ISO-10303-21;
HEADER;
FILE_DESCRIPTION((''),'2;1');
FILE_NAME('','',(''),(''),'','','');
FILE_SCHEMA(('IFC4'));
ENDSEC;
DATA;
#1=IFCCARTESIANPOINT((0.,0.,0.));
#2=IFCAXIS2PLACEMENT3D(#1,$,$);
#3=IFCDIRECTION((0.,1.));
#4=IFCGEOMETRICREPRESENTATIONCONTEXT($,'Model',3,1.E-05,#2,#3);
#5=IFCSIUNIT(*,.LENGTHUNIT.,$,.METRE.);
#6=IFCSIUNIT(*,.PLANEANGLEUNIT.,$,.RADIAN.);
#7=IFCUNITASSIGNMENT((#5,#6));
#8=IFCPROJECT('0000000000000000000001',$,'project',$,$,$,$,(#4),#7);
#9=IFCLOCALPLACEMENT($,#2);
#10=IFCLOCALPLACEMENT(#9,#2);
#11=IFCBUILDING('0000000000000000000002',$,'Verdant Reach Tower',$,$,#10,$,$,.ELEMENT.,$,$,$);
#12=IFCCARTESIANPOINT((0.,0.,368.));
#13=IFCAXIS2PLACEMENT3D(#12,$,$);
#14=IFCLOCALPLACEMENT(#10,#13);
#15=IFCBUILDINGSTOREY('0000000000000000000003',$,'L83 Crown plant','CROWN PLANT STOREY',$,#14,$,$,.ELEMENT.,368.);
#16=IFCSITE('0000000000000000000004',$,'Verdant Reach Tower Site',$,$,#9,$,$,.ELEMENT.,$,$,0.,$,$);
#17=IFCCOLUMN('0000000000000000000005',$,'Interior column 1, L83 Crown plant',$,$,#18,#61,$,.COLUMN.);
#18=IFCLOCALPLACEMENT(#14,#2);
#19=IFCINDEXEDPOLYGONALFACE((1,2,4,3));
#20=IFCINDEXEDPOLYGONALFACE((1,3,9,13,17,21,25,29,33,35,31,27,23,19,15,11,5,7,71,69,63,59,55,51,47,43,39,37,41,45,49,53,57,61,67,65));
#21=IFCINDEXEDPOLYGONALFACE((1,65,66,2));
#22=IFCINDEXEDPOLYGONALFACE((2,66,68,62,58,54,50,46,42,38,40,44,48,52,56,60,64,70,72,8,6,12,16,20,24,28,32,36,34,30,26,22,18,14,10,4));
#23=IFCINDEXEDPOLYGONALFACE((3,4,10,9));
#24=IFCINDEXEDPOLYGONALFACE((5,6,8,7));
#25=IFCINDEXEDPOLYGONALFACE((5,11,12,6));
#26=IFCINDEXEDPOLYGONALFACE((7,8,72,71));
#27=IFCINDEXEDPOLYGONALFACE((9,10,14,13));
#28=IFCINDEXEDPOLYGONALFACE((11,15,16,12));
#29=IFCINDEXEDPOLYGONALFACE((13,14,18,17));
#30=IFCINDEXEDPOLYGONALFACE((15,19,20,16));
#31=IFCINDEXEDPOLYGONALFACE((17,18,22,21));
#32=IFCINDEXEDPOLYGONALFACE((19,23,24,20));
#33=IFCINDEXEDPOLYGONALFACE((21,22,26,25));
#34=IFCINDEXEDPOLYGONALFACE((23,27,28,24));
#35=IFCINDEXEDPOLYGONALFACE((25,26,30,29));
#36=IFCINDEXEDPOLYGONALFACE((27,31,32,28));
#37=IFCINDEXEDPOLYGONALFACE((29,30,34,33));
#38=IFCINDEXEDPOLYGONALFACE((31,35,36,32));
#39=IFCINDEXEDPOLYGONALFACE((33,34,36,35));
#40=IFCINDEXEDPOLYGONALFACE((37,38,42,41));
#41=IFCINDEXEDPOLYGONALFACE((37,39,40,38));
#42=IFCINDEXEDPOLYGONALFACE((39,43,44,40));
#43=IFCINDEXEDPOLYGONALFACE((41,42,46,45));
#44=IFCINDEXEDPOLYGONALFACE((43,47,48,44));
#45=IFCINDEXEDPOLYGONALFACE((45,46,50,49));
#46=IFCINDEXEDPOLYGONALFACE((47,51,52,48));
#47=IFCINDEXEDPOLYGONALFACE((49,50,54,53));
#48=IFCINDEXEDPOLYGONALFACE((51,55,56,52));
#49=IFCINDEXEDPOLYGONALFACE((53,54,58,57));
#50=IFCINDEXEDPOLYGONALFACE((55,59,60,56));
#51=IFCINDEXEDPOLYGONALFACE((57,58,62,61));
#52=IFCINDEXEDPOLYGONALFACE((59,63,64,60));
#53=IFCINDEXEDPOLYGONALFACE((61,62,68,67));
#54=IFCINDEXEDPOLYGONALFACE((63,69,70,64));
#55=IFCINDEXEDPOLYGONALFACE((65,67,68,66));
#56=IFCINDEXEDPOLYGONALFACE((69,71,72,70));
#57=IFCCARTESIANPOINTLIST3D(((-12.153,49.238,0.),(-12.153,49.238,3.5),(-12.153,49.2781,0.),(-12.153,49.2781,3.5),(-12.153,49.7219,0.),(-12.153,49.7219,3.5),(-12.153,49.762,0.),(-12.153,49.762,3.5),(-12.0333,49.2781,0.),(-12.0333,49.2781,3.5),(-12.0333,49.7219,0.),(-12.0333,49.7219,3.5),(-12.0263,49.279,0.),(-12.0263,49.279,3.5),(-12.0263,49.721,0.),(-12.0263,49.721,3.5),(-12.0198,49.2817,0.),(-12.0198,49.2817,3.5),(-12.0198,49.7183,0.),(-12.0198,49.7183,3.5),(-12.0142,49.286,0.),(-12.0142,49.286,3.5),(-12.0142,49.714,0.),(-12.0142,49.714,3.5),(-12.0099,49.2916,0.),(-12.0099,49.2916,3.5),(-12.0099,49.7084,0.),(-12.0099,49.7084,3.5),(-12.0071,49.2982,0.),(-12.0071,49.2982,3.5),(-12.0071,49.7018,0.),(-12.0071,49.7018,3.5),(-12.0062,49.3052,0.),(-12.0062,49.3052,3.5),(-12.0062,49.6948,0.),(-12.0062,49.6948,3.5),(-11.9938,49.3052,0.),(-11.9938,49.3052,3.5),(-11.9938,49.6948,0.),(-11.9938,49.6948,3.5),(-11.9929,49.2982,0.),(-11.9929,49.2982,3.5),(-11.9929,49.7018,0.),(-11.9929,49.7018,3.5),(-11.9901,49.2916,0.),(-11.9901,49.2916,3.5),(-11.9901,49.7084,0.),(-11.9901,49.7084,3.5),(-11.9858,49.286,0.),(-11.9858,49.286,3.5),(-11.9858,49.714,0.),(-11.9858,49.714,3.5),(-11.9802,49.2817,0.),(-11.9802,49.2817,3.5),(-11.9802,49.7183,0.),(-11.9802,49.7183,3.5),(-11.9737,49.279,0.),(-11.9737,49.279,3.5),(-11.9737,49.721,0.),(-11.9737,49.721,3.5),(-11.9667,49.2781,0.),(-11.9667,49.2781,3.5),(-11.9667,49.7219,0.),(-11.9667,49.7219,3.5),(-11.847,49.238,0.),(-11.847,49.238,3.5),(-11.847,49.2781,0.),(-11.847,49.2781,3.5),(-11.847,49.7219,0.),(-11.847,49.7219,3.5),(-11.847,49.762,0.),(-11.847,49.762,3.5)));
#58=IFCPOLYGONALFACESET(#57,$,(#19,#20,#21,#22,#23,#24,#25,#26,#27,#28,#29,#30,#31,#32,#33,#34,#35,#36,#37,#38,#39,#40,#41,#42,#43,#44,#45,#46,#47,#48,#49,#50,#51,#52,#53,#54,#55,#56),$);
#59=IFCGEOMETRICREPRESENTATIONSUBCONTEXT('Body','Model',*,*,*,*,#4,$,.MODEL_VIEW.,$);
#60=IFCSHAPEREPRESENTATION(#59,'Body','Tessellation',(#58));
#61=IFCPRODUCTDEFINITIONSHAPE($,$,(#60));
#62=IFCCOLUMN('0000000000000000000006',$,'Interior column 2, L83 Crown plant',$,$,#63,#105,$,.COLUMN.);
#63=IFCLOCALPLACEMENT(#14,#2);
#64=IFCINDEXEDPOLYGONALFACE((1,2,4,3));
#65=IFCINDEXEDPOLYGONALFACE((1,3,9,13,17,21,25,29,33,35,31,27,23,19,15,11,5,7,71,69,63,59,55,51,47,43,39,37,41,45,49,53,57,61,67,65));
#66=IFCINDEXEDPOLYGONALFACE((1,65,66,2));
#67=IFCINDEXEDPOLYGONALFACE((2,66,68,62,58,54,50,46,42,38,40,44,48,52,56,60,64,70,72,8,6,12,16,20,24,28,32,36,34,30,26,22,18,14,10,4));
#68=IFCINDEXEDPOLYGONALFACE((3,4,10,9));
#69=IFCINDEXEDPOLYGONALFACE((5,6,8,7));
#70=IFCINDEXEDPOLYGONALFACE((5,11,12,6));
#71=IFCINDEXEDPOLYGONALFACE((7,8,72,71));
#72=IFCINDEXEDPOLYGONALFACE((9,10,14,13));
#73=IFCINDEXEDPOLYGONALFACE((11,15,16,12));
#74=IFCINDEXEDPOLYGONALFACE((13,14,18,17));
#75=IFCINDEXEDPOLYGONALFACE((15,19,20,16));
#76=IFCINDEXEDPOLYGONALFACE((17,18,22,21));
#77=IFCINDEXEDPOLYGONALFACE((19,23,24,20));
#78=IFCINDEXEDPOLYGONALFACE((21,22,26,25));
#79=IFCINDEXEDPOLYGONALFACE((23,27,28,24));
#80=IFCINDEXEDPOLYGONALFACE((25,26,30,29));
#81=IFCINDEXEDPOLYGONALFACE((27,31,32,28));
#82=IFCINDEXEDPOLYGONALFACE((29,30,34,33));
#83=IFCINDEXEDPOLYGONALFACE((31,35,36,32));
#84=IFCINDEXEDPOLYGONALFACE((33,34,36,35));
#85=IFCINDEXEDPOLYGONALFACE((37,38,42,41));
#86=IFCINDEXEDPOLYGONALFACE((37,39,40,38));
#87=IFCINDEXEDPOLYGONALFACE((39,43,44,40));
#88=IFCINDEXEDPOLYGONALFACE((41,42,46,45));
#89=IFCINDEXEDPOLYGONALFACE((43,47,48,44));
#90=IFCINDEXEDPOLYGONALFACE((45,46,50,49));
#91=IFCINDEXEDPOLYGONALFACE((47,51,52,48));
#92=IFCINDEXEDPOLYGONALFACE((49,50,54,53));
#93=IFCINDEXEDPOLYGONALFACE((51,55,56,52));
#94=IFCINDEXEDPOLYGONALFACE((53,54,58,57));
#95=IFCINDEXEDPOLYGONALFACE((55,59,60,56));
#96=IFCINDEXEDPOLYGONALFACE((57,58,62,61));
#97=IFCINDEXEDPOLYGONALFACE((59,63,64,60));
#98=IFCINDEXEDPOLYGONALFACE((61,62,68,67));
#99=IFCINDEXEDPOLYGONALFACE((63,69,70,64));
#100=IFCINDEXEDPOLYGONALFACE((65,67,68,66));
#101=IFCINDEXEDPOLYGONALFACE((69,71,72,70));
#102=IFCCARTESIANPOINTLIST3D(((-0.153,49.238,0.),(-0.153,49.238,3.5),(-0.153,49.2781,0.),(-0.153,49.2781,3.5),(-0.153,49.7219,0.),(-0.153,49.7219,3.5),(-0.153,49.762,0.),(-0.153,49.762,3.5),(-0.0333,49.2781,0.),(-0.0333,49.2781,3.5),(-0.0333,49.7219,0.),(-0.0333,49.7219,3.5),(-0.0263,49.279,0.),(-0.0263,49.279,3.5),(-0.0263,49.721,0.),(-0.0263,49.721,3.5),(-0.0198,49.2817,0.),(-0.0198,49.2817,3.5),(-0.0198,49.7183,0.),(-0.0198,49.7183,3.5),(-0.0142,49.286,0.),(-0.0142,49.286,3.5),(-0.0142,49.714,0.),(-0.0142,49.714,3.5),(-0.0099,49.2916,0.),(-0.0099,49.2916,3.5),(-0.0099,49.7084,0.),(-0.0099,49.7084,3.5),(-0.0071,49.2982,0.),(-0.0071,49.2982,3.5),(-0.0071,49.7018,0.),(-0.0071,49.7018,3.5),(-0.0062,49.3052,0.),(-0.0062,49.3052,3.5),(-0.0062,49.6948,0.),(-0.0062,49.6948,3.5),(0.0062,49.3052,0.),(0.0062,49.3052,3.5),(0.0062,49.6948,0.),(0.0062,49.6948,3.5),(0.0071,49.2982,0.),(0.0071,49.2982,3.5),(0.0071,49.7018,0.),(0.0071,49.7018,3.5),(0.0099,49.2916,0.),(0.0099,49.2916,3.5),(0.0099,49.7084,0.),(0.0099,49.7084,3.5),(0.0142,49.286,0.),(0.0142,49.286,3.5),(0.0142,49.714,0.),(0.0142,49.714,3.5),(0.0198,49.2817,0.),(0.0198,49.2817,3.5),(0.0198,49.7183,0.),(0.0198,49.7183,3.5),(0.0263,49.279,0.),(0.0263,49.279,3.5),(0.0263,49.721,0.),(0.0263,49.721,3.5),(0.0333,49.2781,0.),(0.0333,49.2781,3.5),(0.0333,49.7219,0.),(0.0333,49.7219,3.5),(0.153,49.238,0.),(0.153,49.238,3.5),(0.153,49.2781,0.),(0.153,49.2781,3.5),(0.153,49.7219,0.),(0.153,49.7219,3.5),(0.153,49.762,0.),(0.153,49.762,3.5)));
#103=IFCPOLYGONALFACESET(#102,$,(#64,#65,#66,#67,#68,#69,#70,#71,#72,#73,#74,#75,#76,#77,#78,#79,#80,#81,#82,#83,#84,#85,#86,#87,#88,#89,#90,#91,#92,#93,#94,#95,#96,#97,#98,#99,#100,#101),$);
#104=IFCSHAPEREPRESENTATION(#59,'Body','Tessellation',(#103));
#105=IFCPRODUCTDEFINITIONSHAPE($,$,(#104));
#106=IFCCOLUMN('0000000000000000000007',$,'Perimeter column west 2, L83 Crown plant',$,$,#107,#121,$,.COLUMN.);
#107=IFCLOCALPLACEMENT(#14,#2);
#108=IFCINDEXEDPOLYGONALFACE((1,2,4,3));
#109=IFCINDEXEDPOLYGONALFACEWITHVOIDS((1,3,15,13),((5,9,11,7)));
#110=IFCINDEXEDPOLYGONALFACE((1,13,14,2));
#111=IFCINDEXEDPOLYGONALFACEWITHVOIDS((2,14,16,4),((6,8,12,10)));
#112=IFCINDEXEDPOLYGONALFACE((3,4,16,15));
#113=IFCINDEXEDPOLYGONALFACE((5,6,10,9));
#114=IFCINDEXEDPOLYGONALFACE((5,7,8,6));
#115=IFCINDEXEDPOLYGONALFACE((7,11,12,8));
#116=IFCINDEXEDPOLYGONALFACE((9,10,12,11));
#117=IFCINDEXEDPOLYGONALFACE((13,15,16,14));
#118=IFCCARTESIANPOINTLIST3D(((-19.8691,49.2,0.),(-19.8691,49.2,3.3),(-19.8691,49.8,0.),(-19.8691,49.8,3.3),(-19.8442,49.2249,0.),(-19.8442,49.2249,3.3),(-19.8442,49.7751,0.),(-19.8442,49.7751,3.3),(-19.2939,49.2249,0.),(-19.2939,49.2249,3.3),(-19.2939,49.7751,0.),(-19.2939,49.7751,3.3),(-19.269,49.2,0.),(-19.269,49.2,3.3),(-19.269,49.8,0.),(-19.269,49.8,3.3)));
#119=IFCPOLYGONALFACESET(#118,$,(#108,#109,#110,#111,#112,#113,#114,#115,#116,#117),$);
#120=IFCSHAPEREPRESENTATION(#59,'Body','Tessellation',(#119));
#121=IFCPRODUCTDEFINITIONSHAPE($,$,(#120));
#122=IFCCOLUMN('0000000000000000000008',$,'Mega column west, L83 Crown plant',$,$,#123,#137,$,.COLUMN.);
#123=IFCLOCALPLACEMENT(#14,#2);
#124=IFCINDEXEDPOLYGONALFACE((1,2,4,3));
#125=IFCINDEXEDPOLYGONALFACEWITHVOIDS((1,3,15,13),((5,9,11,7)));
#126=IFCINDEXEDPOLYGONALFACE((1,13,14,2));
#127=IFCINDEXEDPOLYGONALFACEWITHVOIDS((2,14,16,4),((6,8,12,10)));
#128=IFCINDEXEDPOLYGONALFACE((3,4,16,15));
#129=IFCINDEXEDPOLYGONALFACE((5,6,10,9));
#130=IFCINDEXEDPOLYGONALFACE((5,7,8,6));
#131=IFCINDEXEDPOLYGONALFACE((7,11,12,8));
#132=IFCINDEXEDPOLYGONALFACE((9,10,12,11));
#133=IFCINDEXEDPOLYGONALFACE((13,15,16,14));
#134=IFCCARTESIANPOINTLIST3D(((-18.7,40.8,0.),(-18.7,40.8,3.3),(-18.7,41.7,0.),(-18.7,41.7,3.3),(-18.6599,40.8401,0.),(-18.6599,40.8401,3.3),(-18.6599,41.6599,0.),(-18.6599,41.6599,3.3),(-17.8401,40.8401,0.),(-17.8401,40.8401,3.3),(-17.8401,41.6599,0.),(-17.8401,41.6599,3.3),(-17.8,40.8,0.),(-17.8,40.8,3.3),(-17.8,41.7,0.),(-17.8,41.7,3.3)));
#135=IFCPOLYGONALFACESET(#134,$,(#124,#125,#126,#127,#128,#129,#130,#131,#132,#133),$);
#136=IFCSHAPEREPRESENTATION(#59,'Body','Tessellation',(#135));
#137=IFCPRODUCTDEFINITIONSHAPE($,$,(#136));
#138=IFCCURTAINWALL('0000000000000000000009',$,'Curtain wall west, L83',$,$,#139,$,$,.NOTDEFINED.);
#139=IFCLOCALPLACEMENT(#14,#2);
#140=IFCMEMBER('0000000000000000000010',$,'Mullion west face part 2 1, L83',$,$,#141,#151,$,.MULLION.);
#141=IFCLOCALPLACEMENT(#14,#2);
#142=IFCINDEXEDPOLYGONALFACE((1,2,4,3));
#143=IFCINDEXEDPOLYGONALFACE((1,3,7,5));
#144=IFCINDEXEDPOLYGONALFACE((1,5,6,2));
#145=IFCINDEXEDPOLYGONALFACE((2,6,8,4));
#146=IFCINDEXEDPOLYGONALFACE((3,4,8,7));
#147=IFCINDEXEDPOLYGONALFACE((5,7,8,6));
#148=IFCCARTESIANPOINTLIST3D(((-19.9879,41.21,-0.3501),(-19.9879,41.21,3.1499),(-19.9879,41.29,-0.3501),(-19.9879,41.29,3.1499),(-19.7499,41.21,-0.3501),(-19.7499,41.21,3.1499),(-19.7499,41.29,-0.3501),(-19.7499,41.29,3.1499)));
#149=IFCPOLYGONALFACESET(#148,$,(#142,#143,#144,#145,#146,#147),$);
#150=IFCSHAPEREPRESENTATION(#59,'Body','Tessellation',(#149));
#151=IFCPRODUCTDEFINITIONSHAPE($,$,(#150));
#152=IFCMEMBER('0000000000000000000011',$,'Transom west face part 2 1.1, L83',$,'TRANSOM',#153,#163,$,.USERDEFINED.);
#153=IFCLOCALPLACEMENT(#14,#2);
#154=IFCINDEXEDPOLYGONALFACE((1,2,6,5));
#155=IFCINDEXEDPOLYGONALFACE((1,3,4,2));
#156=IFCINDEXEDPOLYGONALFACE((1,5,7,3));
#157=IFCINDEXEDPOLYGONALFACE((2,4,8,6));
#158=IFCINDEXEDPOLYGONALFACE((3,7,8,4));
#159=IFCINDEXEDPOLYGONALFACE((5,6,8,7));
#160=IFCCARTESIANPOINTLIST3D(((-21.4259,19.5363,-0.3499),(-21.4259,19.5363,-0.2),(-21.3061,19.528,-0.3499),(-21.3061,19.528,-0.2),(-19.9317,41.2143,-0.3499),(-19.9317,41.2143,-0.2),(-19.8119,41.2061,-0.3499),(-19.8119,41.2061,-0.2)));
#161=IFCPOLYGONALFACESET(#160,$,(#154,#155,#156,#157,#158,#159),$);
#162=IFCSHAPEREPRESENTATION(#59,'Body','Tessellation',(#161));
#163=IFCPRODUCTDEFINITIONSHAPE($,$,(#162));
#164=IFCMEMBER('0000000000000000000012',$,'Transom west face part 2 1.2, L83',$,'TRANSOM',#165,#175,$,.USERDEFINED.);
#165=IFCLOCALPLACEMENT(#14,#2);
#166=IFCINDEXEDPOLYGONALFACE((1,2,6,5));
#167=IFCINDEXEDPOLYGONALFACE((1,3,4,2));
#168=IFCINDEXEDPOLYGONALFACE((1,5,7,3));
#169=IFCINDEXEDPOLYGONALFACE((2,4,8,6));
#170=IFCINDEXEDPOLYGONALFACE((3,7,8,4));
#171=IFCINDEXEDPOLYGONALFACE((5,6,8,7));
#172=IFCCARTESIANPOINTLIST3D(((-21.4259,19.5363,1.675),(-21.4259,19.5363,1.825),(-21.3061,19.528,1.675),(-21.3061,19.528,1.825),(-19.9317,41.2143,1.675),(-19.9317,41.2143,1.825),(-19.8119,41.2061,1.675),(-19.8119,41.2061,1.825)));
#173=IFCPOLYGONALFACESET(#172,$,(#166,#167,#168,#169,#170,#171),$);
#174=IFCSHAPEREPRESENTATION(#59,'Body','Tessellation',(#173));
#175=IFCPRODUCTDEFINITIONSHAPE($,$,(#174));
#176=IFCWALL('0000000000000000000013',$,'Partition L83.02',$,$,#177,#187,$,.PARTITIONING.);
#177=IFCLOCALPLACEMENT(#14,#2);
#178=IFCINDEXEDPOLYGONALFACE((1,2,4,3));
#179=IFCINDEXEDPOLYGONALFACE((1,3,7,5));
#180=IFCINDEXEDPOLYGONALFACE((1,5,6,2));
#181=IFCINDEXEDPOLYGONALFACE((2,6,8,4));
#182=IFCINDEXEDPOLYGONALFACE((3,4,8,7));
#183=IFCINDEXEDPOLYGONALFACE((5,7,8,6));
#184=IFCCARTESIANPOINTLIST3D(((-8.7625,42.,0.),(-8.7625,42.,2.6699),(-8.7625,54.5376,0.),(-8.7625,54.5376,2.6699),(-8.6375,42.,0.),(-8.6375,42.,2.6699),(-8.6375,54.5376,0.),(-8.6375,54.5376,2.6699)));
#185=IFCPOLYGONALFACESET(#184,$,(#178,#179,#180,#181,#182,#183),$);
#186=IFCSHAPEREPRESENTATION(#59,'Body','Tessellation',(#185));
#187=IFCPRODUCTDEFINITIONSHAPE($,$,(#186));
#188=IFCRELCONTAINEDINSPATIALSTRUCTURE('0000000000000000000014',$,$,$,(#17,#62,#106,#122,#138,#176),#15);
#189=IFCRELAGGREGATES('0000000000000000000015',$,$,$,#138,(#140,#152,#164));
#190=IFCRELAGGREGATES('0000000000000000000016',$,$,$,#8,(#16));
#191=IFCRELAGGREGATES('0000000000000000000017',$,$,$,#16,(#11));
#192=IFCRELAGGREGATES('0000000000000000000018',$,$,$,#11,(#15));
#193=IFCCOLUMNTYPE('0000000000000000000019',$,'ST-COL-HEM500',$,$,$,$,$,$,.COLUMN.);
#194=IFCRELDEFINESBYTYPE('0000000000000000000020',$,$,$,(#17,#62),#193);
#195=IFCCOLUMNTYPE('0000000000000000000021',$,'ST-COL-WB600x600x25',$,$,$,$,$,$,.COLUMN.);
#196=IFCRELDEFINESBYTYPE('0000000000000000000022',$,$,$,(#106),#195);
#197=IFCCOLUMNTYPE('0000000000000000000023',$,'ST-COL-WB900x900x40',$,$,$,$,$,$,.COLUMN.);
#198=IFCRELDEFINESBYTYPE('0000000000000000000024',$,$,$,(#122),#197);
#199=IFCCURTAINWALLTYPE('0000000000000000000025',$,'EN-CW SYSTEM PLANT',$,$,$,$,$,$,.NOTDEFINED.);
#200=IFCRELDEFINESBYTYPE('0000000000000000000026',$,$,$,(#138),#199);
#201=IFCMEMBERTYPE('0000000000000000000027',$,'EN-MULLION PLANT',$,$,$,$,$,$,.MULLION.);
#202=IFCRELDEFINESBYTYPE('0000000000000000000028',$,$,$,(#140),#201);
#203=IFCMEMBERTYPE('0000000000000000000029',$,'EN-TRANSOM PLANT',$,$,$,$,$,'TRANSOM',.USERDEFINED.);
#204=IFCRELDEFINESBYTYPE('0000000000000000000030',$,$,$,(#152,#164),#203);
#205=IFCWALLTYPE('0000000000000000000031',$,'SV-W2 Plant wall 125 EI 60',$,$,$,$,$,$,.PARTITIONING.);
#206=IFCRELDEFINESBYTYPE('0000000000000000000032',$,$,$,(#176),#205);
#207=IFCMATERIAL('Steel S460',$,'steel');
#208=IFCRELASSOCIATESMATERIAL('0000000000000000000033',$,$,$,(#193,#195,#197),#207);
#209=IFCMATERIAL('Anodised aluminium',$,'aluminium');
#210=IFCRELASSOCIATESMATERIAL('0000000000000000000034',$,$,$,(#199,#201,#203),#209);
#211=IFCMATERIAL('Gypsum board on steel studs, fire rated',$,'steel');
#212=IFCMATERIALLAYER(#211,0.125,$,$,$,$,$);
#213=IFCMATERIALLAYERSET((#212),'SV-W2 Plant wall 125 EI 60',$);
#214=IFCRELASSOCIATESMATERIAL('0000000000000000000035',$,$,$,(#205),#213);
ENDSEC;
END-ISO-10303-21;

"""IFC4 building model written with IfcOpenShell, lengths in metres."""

from ifc_helpers import new_model, si_unit, direction, frame, frame_2d, origin, origin_2d, place, context, subcontext, project, spatial, rectangle, hollow_rectangle, i_section, extrude, material, layer, layer_set, material_profile, profile_set, type_object, element, aggregate, save


model = new_model("IFC4")

# Units and contexts
model_context = context("Model", 3, precision=1e-05, world=origin(), true_north=direction((0.0, 1.0)))
body_context = subcontext(model_context, "Body", "Model", "MODEL_VIEW")
ifc_project = project(units=[si_unit("LENGTHUNIT", "METRE"), si_unit("PLANEANGLEUNIT", "RADIAN")], contexts=[model_context])

# Site, building, storey
site_placement = place(None, origin())
site = spatial("IfcSite", under=ifc_project, at=site_placement, Name="Verdant Reach Tower Site", CompositionType="ELEMENT", RefElevation=0.0)
building_placement = place(site_placement, origin())
building = spatial("IfcBuilding", under=site, at=building_placement, Name="Verdant Reach Tower", CompositionType="ELEMENT")
storey_placement = place(building_placement, frame((0.0, 0.0, 368.0)))
storey = spatial("IfcBuildingStorey", under=building, at=storey_placement, Name="L83 Crown plant", Description="CROWN PLANT STOREY", CompositionType="ELEMENT", Elevation=368.0)

# Columns
ifc_material_1 = material(Name="Steel S460", Category="steel")
ifc_material_profile_1 = material_profile(ifc_material_1, i_section(OverallWidth=0.3059, OverallDepth=0.5239, WebThickness=0.0125, FlangeThickness=0.04, FilletRadius=0.0271, at=origin_2d()), Name="HEM 500")
ifc_profile_set_1 = profile_set([ifc_material_profile_1], Name="Steel S460")
column_type_1 = type_object("IfcColumnType", Name="ST-COL-HEM500", PredefinedType="COLUMN", material=ifc_profile_set_1)
for number, where, z_axis, x_axis, name in (
    (1, (-12.0, 49.5, 0.0), (0.0, 0.0, 1.0), (1.0, 0.0, 0.0), "Interior column 1, L83 Crown plant"),
    (2, (0.0, 49.5, 0.0), (0.0, 0.0, 1.0), (1.0, 0.0, 0.0), "Interior column 2, L83 Crown plant"),
):
    element("IfcColumn", number, at=place(storey_placement, frame(where, z_axis=z_axis, x_axis=x_axis)), inside=storey, type_object=column_type_1, Name=name, PredefinedType="COLUMN", context=body_context, shape_type="SweptSolid", body=[
        extrude(i_section(OverallWidth=0.3059, OverallDepth=0.5239, WebThickness=0.0125, FlangeThickness=0.04, FilletRadius=0.0271, at=origin_2d()), origin(), (0.0, 0.0, 1.0), 3.5),
    ])
ifc_material_profile_2 = material_profile(ifc_material_1, hollow_rectangle(XDim=0.6001, YDim=0.6001, WallThickness=0.0249, at=origin_2d()), Name="WB 600x600x25")
ifc_profile_set_2 = profile_set([ifc_material_profile_2], Name="Steel S460")
column_type_2 = type_object("IfcColumnType", Name="ST-COL-WB600x600x25", PredefinedType="COLUMN", material=ifc_profile_set_2)
column_1_placement = place(storey_placement, frame((-19.5691, 49.5, 0.0), z_axis=(0.0, 0.0, 1.0), x_axis=(1.0, 0.0, 0.0)))
element("IfcColumn", 3, at=column_1_placement, inside=storey, type_object=column_type_2, Name="Perimeter column west 2, L83 Crown plant", PredefinedType="COLUMN", context=body_context, shape_type="SweptSolid", body=[
    extrude(hollow_rectangle(XDim=0.6001, YDim=0.6001, WallThickness=0.0249, at=origin_2d()), origin(), (0.0, 0.0, 1.0), 3.3),
])
ifc_material_profile_3 = material_profile(ifc_material_1, hollow_rectangle(XDim=0.8999, YDim=0.8999, WallThickness=0.04, at=origin_2d()), Name="WB 900x900x40")
ifc_profile_set_3 = profile_set([ifc_material_profile_3], Name="Steel S460")
column_type_3 = type_object("IfcColumnType", Name="ST-COL-WB900x900x40", PredefinedType="COLUMN", material=ifc_profile_set_3)
column_2_placement = place(storey_placement, frame((-18.25, 41.25, 0.0), z_axis=(0.0, 0.0, 1.0), x_axis=(1.0, 0.0, 0.0)))
element("IfcColumn", 4, at=column_2_placement, inside=storey, type_object=column_type_3, Name="Mega column west, L83 Crown plant", PredefinedType="COLUMN", context=body_context, shape_type="SweptSolid", body=[
    extrude(hollow_rectangle(XDim=0.8999, YDim=0.8999, WallThickness=0.04, at=origin_2d()), origin(), (0.0, 0.0, 1.0), 3.3),
])

# Curtain wall, members
ifc_material_2 = material(Name="Anodised aluminium", Category="aluminium")
curtain_wall_type = type_object("IfcCurtainWallType", Name="EN-CW SYSTEM PLANT", PredefinedType="NOTDEFINED", material=ifc_material_2)
curtain_wall_placement = place(storey_placement, origin())
curtain_wall = element("IfcCurtainWall", 5, at=curtain_wall_placement, inside=storey, type_object=curtain_wall_type, Name="Curtain wall west, L83", PredefinedType="NOTDEFINED")
ifc_material_profile_4 = material_profile(ifc_material_2, rectangle(XDim=0.238, YDim=0.0801, at=origin_2d()), Name="Mullion 80x240")
ifc_profile_set_4 = profile_set([ifc_material_profile_4], Name="Anodised aluminium")
member_type_1 = type_object("IfcMemberType", Name="EN-MULLION PLANT", PredefinedType="MULLION", material=ifc_profile_set_4)
member_1_placement = place(storey_placement, frame((-19.8689, 41.25, -0.3501), z_axis=(0.0, 0.0, 1.0), x_axis=(-1.0, 0.0, 0.0)))
member_1 = element("IfcMember", 6, at=member_1_placement, type_object=member_type_1, Name="Mullion west face part 2 1, L83", PredefinedType="MULLION", context=body_context, shape_type="SweptSolid", body=[
    extrude(rectangle(XDim=0.238, YDim=0.0801, at=origin_2d()), origin(), (0.0, 0.0, 1.0), 3.5),
])
ifc_material_profile_5 = material_profile(ifc_material_2, rectangle(XDim=0.1201, YDim=0.1499, at=origin_2d()), Name="Transom 150x120")
ifc_profile_set_5 = profile_set([ifc_material_profile_5], Name="Anodised aluminium")
member_type_2 = type_object("IfcMemberType", Name="EN-TRANSOM PLANT", ElementType="TRANSOM", PredefinedType="USERDEFINED", material=ifc_profile_set_5)
member_2_placement = place(storey_placement, frame((-19.8718, 41.2102, -0.2749), z_axis=(-0.068761, -0.997633, 0.0), x_axis=(0.997633, -0.068761, 0.0)))
member_2 = element("IfcMember", 7, at=member_2_placement, type_object=member_type_2, Name="Transom west face part 2 1.1, L83", ObjectType="TRANSOM", PredefinedType="USERDEFINED", context=body_context, shape_type="SweptSolid", body=[
    extrude(rectangle(XDim=0.1201, YDim=0.1499, at=origin_2d()), origin(), (0.0, 0.0, 1.0), 21.7295),
])
member_3_placement = place(storey_placement, frame((-19.8718, 41.2102, 1.75), z_axis=(-0.068761, -0.997633, 0.0), x_axis=(0.997633, -0.068761, 0.0)))
member_3 = element("IfcMember", 8, at=member_3_placement, type_object=member_type_2, Name="Transom west face part 2 1.2, L83", ObjectType="TRANSOM", PredefinedType="USERDEFINED", context=body_context, shape_type="SweptSolid", body=[
    extrude(rectangle(XDim=0.1201, YDim=0.1499, at=origin_2d()), origin(), (0.0, 0.0, 1.0), 21.7295),
])
aggregate(curtain_wall, [member_1, member_2, member_3])

# Shared definitions
ifc_material_3 = material(Name="Gypsum board on steel studs, fire rated", Category="steel")
ifc_layer = layer(ifc_material_3, 0.125)
ifc_layer_set = layer_set([ifc_layer], Name="SV-W2 Plant wall 125 EI 60")
wall_type = type_object("IfcWallType", Name="SV-W2 Plant wall 125 EI 60", PredefinedType="PARTITIONING", material=ifc_layer_set)

# Wall
wall_1_placement = place(storey_placement, frame((-8.7, 54.5376, 0.0), z_axis=(0.0, 0.0, 1.0), x_axis=(0.0, -1.0, 0.0)))
element("IfcWall", 9, at=wall_1_placement, inside=storey, type_object=wall_type, Name="Partition L83.02", PredefinedType="PARTITIONING", context=body_context, shape_type="SweptSolid", body=[
    extrude(rectangle(XDim=12.5376, YDim=0.125, at=frame_2d((6.2688, 0.0))), origin(), (0.0, 0.0, 1.0), 2.6699),
])

save(model, "model.ifc")
